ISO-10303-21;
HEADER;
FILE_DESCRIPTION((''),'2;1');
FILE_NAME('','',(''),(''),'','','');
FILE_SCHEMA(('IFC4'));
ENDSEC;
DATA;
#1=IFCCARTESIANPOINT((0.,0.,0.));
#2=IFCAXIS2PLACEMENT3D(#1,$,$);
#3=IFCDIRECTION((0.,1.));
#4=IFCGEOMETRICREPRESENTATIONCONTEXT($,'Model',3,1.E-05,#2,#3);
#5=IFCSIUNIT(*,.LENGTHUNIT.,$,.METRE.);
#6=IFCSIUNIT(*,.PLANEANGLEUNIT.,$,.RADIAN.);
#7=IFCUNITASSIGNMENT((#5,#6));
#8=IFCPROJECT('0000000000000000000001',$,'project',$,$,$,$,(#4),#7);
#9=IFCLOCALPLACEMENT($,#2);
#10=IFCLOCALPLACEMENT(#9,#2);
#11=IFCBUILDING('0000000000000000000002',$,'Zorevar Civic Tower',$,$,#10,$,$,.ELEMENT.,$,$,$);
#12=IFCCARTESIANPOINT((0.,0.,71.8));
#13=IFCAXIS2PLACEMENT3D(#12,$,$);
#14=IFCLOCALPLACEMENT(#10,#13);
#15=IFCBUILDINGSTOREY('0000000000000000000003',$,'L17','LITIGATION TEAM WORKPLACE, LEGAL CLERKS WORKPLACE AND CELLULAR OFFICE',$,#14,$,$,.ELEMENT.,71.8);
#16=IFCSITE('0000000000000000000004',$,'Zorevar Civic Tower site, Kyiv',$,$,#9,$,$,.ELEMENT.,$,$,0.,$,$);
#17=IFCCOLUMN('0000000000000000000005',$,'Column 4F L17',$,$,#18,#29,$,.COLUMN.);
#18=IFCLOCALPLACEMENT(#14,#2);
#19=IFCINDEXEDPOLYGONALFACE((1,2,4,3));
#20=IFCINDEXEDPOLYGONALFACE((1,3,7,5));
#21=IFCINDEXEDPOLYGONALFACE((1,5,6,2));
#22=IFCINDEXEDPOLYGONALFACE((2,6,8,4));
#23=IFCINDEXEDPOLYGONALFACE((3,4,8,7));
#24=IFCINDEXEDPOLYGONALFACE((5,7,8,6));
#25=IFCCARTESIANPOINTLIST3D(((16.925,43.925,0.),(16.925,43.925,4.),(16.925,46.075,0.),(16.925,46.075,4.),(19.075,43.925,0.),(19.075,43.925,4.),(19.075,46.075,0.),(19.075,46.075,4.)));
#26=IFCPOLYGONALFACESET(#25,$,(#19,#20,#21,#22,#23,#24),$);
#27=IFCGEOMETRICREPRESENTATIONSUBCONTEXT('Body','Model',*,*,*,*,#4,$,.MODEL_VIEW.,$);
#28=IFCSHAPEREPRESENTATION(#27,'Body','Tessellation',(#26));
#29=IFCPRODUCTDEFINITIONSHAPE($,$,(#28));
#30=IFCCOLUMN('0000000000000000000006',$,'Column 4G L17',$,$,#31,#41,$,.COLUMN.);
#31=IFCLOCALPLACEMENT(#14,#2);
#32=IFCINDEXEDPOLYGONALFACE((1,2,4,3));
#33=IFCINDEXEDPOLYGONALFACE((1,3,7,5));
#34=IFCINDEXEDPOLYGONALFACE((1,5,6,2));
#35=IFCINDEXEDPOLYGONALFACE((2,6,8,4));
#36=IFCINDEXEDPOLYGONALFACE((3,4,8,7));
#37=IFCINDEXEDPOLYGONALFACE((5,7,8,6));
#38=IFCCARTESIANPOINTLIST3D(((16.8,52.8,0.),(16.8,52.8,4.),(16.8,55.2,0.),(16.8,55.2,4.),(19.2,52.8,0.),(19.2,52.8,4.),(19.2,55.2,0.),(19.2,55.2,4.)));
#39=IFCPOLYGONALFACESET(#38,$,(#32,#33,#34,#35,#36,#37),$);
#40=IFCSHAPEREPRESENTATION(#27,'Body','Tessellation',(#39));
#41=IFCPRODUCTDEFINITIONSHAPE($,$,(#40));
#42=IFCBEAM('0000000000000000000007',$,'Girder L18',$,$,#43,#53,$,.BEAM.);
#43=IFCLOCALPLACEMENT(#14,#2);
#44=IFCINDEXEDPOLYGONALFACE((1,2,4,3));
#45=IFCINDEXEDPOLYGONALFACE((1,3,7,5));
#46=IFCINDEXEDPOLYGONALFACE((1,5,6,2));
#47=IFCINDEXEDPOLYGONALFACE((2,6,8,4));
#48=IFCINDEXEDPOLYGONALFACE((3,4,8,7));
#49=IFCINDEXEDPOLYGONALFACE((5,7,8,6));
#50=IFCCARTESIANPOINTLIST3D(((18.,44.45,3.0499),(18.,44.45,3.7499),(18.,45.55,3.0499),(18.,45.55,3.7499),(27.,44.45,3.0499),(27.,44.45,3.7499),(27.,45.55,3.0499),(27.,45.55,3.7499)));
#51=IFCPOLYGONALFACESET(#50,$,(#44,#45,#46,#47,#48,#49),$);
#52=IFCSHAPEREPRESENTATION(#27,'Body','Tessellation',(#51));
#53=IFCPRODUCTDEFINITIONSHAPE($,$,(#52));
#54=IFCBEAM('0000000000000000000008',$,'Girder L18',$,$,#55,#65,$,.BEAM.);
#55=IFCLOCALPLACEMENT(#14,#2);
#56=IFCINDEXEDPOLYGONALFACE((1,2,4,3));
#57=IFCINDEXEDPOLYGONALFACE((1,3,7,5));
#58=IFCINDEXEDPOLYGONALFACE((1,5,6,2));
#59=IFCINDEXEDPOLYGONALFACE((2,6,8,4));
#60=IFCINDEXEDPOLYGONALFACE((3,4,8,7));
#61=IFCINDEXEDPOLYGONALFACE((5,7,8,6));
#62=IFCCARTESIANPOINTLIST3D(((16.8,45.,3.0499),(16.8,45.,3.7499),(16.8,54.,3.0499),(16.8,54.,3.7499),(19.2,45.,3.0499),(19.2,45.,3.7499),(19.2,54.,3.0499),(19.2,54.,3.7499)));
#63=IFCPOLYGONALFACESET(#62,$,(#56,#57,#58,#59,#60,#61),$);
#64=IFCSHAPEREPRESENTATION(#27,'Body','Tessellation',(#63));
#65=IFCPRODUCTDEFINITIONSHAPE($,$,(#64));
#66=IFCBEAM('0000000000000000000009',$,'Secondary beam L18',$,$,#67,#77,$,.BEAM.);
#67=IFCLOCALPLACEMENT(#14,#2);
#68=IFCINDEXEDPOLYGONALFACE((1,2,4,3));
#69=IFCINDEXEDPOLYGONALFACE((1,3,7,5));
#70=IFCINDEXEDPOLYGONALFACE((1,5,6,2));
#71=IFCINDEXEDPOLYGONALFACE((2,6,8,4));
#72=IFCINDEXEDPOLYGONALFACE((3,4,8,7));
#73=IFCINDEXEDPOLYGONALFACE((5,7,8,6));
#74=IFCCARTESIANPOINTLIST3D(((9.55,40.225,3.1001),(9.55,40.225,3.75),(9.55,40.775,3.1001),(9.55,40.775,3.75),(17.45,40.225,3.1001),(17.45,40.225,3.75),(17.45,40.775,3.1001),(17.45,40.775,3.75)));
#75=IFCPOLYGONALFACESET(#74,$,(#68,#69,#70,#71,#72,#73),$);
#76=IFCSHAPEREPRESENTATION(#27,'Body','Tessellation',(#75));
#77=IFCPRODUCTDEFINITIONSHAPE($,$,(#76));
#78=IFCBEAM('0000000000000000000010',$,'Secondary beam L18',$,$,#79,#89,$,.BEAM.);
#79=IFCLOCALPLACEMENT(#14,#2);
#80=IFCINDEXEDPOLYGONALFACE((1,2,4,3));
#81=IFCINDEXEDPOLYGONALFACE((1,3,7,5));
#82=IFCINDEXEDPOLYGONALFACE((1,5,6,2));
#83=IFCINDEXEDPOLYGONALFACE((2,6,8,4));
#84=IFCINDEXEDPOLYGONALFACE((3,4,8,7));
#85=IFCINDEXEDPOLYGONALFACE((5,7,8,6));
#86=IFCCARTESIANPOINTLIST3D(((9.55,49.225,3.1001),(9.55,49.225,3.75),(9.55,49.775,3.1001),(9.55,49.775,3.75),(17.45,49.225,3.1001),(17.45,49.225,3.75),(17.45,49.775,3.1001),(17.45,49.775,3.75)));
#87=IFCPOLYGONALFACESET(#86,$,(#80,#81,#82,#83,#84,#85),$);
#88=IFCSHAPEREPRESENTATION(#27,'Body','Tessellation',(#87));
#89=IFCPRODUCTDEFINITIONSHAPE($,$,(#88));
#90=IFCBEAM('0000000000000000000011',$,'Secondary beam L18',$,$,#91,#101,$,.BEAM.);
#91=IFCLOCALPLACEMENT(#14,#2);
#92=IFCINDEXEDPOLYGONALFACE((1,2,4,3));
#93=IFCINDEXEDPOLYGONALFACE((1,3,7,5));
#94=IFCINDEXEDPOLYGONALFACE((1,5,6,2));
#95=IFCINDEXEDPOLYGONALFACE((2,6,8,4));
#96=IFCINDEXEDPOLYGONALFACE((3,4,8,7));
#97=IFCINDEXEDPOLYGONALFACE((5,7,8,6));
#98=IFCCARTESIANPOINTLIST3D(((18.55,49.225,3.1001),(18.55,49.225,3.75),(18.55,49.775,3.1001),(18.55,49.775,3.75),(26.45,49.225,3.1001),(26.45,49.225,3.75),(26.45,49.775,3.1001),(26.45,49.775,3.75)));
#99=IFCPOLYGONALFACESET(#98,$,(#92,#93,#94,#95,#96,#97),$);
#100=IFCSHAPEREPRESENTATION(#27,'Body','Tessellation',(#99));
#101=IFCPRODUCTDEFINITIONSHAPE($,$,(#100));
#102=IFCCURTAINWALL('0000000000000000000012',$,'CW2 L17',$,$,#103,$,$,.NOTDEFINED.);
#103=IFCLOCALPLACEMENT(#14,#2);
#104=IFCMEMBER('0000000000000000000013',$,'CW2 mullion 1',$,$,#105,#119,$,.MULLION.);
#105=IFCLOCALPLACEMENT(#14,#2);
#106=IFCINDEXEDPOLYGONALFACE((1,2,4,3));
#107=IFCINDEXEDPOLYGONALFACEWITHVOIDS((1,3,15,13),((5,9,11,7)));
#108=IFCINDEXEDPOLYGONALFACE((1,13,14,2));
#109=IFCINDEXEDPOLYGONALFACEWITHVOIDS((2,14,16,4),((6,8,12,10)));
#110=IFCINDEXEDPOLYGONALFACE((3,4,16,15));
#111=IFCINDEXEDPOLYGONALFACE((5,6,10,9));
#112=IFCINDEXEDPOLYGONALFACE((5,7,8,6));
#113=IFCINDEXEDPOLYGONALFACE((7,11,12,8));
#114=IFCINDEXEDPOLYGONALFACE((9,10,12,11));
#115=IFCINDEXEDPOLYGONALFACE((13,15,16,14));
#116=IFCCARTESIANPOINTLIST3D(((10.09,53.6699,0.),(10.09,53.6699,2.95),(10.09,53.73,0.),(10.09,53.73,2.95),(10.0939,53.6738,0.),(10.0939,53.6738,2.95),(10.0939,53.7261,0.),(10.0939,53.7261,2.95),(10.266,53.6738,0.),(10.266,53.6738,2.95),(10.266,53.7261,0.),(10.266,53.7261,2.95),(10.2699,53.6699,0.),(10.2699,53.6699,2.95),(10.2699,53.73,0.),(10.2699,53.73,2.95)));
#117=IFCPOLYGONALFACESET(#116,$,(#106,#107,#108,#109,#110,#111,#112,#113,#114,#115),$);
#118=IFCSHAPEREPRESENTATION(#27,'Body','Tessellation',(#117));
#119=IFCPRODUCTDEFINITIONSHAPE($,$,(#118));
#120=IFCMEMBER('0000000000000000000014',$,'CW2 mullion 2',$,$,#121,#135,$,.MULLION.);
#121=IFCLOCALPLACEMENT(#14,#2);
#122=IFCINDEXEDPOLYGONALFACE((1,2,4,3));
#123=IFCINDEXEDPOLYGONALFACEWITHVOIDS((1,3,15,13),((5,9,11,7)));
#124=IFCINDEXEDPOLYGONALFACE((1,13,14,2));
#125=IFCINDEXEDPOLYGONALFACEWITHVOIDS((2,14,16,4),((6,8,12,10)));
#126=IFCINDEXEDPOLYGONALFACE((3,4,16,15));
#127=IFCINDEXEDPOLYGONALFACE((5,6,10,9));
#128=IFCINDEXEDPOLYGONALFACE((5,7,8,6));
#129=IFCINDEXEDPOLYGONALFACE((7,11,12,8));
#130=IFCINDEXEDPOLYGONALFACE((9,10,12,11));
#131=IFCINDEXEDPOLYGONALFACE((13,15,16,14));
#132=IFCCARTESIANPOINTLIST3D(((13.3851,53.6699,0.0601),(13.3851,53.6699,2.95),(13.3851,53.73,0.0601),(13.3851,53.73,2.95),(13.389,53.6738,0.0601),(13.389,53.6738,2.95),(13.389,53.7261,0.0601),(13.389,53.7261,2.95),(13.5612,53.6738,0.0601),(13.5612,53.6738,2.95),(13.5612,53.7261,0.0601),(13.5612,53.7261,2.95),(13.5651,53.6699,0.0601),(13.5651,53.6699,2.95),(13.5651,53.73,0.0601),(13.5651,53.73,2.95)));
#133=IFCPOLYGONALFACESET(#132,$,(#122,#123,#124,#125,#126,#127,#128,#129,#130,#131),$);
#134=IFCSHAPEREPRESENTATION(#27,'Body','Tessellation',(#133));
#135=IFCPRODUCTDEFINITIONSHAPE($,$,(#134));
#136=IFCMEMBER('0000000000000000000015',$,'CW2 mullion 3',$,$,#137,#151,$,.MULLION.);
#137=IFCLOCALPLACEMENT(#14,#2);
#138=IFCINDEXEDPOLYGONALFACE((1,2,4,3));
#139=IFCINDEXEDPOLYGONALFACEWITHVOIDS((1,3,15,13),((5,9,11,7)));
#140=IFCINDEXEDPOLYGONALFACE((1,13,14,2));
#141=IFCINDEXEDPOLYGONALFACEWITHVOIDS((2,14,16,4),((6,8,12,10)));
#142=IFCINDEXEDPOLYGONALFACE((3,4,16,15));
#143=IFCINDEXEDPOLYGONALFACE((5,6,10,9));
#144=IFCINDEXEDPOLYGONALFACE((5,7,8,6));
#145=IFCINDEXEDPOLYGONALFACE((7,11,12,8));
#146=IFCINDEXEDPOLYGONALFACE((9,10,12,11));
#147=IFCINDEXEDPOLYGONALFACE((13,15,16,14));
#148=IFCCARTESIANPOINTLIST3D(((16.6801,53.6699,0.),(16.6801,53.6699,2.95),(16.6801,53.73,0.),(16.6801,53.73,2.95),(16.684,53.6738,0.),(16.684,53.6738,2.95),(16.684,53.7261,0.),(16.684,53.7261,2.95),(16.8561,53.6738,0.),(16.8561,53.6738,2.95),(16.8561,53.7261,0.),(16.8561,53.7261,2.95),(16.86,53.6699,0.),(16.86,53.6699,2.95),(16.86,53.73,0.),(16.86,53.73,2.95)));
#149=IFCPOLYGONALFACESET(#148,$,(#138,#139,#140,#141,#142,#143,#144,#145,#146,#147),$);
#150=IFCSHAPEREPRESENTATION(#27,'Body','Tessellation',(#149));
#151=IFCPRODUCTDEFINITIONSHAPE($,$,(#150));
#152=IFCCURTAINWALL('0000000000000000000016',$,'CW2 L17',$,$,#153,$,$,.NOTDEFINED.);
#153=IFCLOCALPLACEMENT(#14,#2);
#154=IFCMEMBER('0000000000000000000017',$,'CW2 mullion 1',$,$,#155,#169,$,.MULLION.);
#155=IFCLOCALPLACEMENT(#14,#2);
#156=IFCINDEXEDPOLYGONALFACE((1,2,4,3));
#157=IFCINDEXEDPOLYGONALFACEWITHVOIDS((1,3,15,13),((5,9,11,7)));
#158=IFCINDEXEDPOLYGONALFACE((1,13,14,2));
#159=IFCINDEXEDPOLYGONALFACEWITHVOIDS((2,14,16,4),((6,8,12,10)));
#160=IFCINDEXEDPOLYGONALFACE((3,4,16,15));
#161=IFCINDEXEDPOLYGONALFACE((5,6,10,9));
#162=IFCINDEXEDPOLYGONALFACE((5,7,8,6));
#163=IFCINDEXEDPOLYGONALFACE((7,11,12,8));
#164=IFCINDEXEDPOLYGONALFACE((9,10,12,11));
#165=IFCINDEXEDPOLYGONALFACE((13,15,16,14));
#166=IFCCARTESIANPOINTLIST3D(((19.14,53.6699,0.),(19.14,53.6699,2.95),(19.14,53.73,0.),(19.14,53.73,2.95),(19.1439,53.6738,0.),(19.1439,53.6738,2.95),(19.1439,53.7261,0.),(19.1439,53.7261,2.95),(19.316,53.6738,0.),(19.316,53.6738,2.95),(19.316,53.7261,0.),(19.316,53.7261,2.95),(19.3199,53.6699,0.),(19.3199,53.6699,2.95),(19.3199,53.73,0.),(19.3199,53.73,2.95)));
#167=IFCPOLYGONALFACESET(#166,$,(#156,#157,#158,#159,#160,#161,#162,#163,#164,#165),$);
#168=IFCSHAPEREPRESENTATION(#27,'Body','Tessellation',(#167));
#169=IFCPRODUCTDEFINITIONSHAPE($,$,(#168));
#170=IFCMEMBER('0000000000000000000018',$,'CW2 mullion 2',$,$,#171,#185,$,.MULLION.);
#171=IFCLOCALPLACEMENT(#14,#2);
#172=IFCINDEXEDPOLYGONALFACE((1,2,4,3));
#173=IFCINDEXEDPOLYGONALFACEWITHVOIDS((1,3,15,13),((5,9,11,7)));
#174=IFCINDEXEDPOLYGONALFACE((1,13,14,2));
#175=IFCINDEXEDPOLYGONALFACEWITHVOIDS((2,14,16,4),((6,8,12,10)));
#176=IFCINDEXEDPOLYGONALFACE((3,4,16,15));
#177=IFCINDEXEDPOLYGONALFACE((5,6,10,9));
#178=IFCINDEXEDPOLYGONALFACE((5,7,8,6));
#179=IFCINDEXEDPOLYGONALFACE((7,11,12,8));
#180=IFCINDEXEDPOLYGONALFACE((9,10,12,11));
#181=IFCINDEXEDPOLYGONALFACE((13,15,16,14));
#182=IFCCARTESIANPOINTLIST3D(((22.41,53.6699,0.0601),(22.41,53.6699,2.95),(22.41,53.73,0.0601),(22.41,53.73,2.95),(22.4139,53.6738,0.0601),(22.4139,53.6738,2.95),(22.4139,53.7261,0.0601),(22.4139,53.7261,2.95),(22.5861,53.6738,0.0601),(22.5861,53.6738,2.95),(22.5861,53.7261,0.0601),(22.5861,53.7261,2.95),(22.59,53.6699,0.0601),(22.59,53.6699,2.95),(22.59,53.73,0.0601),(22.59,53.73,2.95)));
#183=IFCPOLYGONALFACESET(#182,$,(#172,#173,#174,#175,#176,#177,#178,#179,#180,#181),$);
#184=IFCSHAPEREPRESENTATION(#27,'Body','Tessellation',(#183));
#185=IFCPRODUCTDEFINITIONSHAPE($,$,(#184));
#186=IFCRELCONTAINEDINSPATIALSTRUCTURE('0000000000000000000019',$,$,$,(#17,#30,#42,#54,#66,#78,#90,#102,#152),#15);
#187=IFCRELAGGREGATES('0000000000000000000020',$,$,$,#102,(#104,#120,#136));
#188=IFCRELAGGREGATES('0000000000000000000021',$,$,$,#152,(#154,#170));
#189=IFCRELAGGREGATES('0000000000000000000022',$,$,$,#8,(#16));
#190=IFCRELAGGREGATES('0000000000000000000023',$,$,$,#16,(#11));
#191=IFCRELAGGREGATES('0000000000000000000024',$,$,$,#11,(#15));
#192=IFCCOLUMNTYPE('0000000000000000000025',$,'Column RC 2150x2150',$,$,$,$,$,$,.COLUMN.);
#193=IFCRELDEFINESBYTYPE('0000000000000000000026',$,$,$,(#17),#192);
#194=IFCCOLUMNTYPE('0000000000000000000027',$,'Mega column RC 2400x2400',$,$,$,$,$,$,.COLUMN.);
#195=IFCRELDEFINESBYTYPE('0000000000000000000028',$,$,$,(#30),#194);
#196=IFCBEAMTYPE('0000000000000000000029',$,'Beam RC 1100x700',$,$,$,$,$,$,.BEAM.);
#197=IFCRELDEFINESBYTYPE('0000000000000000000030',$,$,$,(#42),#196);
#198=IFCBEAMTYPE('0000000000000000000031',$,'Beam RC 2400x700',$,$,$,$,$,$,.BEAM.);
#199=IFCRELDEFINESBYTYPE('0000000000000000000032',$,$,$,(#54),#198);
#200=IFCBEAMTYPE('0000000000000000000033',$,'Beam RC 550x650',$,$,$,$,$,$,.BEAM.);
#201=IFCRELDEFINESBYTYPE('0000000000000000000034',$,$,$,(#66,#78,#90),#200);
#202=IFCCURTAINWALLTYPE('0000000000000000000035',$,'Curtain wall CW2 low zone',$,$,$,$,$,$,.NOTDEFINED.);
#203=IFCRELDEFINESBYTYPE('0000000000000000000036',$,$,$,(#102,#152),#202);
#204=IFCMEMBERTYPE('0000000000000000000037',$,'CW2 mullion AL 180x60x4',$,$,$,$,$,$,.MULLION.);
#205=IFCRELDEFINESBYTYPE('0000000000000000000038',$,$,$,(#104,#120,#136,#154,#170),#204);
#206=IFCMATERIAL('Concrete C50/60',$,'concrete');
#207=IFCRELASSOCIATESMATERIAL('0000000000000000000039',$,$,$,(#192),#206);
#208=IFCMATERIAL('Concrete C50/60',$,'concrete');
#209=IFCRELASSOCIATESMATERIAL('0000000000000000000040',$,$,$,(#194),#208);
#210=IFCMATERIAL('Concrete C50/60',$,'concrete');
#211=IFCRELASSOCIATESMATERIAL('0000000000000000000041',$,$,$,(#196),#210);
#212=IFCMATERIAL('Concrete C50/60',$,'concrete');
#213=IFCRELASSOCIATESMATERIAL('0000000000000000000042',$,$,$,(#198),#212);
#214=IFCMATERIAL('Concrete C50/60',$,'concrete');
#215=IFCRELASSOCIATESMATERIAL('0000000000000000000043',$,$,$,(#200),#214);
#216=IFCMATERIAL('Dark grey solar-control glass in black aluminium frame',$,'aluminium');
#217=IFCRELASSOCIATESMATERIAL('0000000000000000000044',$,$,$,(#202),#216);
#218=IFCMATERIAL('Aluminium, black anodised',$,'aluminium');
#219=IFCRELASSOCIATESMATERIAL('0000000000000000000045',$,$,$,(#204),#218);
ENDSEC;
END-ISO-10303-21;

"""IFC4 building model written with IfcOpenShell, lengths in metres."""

from ifc_helpers import new_model, si_unit, direction, frame, origin, origin_2d, place, context, subcontext, project, spatial, rectangle, hollow_rectangle, extrude, material, material_profile, profile_set, type_object, element, aggregate, save


model = new_model("IFC4")

# Units and contexts
model_context = context("Model", 3, precision=1e-05, world=origin(), true_north=direction((0.0, 1.0)))
body_context = subcontext(model_context, "Body", "Model", "MODEL_VIEW")
ifc_project = project(units=[si_unit("LENGTHUNIT", "METRE"), si_unit("PLANEANGLEUNIT", "RADIAN")], contexts=[model_context])

# Site, building, storey
site_placement = place(None, origin())
site = spatial("IfcSite", under=ifc_project, at=site_placement, Name="Zorevar Civic Tower site, Kyiv", CompositionType="ELEMENT", RefElevation=0.0)
building_placement = place(site_placement, origin())
building = spatial("IfcBuilding", under=site, at=building_placement, Name="Zorevar Civic Tower", CompositionType="ELEMENT")
storey_placement = place(building_placement, frame((0.0, 0.0, 71.8)))
storey = spatial("IfcBuildingStorey", under=building, at=storey_placement, Name="L17", Description="LITIGATION TEAM WORKPLACE, LEGAL CLERKS WORKPLACE AND CELLULAR OFFICE", CompositionType="ELEMENT", Elevation=71.8)

# Columns
ifc_material_1 = material(Name="Concrete C50/60", Category="concrete")
ifc_material_profile_1 = material_profile(ifc_material_1, rectangle(XDim=2.1499, YDim=2.1499, at=origin_2d()), Name="RC 2150x2150")
ifc_profile_set_1 = profile_set([ifc_material_profile_1], Name="Concrete C50/60")
column_type_1 = type_object("IfcColumnType", Name="Column RC 2150x2150", PredefinedType="COLUMN", material=ifc_profile_set_1)
column_1_placement = place(storey_placement, frame((18.0, 45.0, 0.0), z_axis=(0.0, 0.0, 1.0), x_axis=(1.0, 0.0, 0.0)))
element("IfcColumn", 1, at=column_1_placement, inside=storey, type_object=column_type_1, Name="Column 4F L17", PredefinedType="COLUMN", context=body_context, shape_type="SweptSolid", body=[
    extrude(rectangle(XDim=2.1499, YDim=2.1499, at=origin_2d()), origin(), (0.0, 0.0, 1.0), 4.0),
])
ifc_material_2 = material(Name="Concrete C50/60", Category="concrete")
ifc_material_profile_2 = material_profile(ifc_material_2, rectangle(XDim=2.3999, YDim=2.3999, at=origin_2d()), Name="RC 2400x2400")
ifc_profile_set_2 = profile_set([ifc_material_profile_2], Name="Concrete C50/60")
column_type_2 = type_object("IfcColumnType", Name="Mega column RC 2400x2400", PredefinedType="COLUMN", material=ifc_profile_set_2)
column_2_placement = place(storey_placement, frame((18.0, 54.0, 0.0), z_axis=(0.0, 0.0, 1.0), x_axis=(1.0, 0.0, 0.0)))
element("IfcColumn", 2, at=column_2_placement, inside=storey, type_object=column_type_2, Name="Column 4G L17", PredefinedType="COLUMN", context=body_context, shape_type="SweptSolid", body=[
    extrude(rectangle(XDim=2.3999, YDim=2.3999, at=origin_2d()), origin(), (0.0, 0.0, 1.0), 4.0),
])

# Beams
ifc_material_3 = material(Name="Concrete C50/60", Category="concrete")
ifc_material_profile_3 = material_profile(ifc_material_3, rectangle(XDim=1.1001, YDim=0.7, at=origin_2d()), Name="RC 1100x700")
ifc_profile_set_3 = profile_set([ifc_material_profile_3], Name="Concrete C50/60")
beam_type_1 = type_object("IfcBeamType", Name="Beam RC 1100x700", PredefinedType="BEAM", material=ifc_profile_set_3)
beam_1_placement = place(storey_placement, frame((18.0, 45.0, 3.3999), z_axis=(1.0, 0.0, 0.0), x_axis=(0.0, 1.0, 0.0)))
element("IfcBeam", 3, at=beam_1_placement, inside=storey, type_object=beam_type_1, Name="Girder L18", PredefinedType="BEAM", context=body_context, shape_type="SweptSolid", body=[
    extrude(rectangle(XDim=1.1001, YDim=0.7, at=origin_2d()), origin(), (0.0, 0.0, 1.0), 9.0),
])
ifc_material_4 = material(Name="Concrete C50/60", Category="concrete")
ifc_material_profile_4 = material_profile(ifc_material_4, rectangle(XDim=2.3999, YDim=0.7, at=origin_2d()), Name="RC 2400x700")
ifc_profile_set_4 = profile_set([ifc_material_profile_4], Name="Concrete C50/60")
beam_type_2 = type_object("IfcBeamType", Name="Beam RC 2400x700", PredefinedType="BEAM", material=ifc_profile_set_4)
beam_2_placement = place(storey_placement, frame((18.0, 45.0, 3.3999), z_axis=(0.0, 1.0, 0.0), x_axis=(-1.0, 0.0, 0.0)))
element("IfcBeam", 4, at=beam_2_placement, inside=storey, type_object=beam_type_2, Name="Girder L18", PredefinedType="BEAM", context=body_context, shape_type="SweptSolid", body=[
    extrude(rectangle(XDim=2.3999, YDim=0.7, at=origin_2d()), origin(), (0.0, 0.0, 1.0), 9.0),
])
ifc_material_5 = material(Name="Concrete C50/60", Category="concrete")
ifc_material_profile_5 = material_profile(ifc_material_5, rectangle(XDim=0.55, YDim=0.6499, at=origin_2d()), Name="RC 550x650")
ifc_profile_set_5 = profile_set([ifc_material_profile_5], Name="Concrete C50/60")
beam_type_3 = type_object("IfcBeamType", Name="Beam RC 550x650", PredefinedType="BEAM", material=ifc_profile_set_5)
for number, where, z_axis, x_axis, name in (
    (5, (9.55, 40.5, 3.425), (1.0, 0.0, 0.0), (0.0, 1.0, 0.0), "Secondary beam L18"),
    (6, (9.55, 49.5, 3.425), (1.0, 0.0, 0.0), (0.0, 1.0, 0.0), "Secondary beam L18"),
    (7, (18.55, 49.5, 3.425), (1.0, 0.0, 0.0), (0.0, 1.0, 0.0), "Secondary beam L18"),
):
    element("IfcBeam", number, at=place(storey_placement, frame(where, z_axis=z_axis, x_axis=x_axis)), inside=storey, type_object=beam_type_3, Name=name, PredefinedType="BEAM", context=body_context, shape_type="SweptSolid", body=[
        extrude(rectangle(XDim=0.55, YDim=0.6499, at=origin_2d()), origin(), (0.0, 0.0, 1.0), 7.8999),
    ])

# Curtain walls, members
ifc_material_6 = material(Name="Dark grey solar-control glass in black aluminium frame", Category="aluminium")
curtain_wall_type = type_object("IfcCurtainWallType", Name="Curtain wall CW2 low zone", PredefinedType="NOTDEFINED", material=ifc_material_6)
curtain_wall_1_placement = place(storey_placement, origin())
curtain_wall_1 = element("IfcCurtainWall", 8, at=curtain_wall_1_placement, inside=storey, type_object=curtain_wall_type, Name="CW2 L17", PredefinedType="NOTDEFINED")
ifc_material_7 = material(Name="Aluminium, black anodised", Category="aluminium")
ifc_material_profile_6 = material_profile(ifc_material_7, hollow_rectangle(XDim=0.0601, YDim=0.1799, WallThickness=0.0039, at=origin_2d()), Name="AL 180x60x4")
ifc_profile_set_6 = profile_set([ifc_material_profile_6], Name="Aluminium, black anodised")
member_type_1 = type_object("IfcMemberType", Name="CW2 mullion AL 180x60x4", PredefinedType="MULLION", material=ifc_profile_set_6)
member_1_placement = place(storey_placement, frame((10.1799, 53.7, 0.0), z_axis=(0.0, 0.0, 1.0), x_axis=(0.0, 1.0, 0.0)))
member_1 = element("IfcMember", 9, at=member_1_placement, type_object=member_type_1, Name="CW2 mullion 1", PredefinedType="MULLION", context=body_context, shape_type="SweptSolid", body=[
    extrude(hollow_rectangle(XDim=0.0601, YDim=0.1799, WallThickness=0.0039, at=origin_2d()), origin(), (0.0, 0.0, 1.0), 2.95),
])
member_2_placement = place(storey_placement, frame((13.4751, 53.7, 0.0601), z_axis=(0.0, 0.0, 1.0), x_axis=(0.0, 1.0, 0.0)))
member_2 = element("IfcMember", 10, at=member_2_placement, type_object=member_type_1, Name="CW2 mullion 2", PredefinedType="MULLION", context=body_context, shape_type="SweptSolid", body=[
    extrude(hollow_rectangle(XDim=0.0601, YDim=0.1799, WallThickness=0.0039, at=origin_2d()), origin(), (0.0, 0.0, 1.0), 2.8899),
])
member_3_placement = place(storey_placement, frame((16.77, 53.7, 0.0), z_axis=(0.0, 0.0, 1.0), x_axis=(0.0, 1.0, 0.0)))
member_3 = element("IfcMember", 11, at=member_3_placement, type_object=member_type_1, Name="CW2 mullion 3", PredefinedType="MULLION", context=body_context, shape_type="SweptSolid", body=[
    extrude(hollow_rectangle(XDim=0.0601, YDim=0.1799, WallThickness=0.0039, at=origin_2d()), origin(), (0.0, 0.0, 1.0), 2.95),
])
curtain_wall_2_placement = place(storey_placement, origin())
curtain_wall_2 = element("IfcCurtainWall", 12, at=curtain_wall_2_placement, inside=storey, type_object=curtain_wall_type, Name="CW2 L17", PredefinedType="NOTDEFINED")
member_4_placement = place(storey_placement, frame((19.23, 53.7, 0.0), z_axis=(0.0, 0.0, 1.0), x_axis=(0.0, 1.0, 0.0)))
member_4 = element("IfcMember", 13, at=member_4_placement, type_object=member_type_1, Name="CW2 mullion 1", PredefinedType="MULLION", context=body_context, shape_type="SweptSolid", body=[
    extrude(hollow_rectangle(XDim=0.0601, YDim=0.1799, WallThickness=0.0039, at=origin_2d()), origin(), (0.0, 0.0, 1.0), 2.95),
])
member_5_placement = place(storey_placement, frame((22.5, 53.7, 0.0601), z_axis=(0.0, 0.0, 1.0), x_axis=(0.0, 1.0, 0.0)))
member_5 = element("IfcMember", 14, at=member_5_placement, type_object=member_type_1, Name="CW2 mullion 2", PredefinedType="MULLION", context=body_context, shape_type="SweptSolid", body=[
    extrude(hollow_rectangle(XDim=0.0601, YDim=0.1799, WallThickness=0.0039, at=origin_2d()), origin(), (0.0, 0.0, 1.0), 2.8899),
])

aggregate(curtain_wall_1, [member_1, member_2, member_3])
aggregate(curtain_wall_2, [member_4, member_5])

save(model, "model.ifc")
